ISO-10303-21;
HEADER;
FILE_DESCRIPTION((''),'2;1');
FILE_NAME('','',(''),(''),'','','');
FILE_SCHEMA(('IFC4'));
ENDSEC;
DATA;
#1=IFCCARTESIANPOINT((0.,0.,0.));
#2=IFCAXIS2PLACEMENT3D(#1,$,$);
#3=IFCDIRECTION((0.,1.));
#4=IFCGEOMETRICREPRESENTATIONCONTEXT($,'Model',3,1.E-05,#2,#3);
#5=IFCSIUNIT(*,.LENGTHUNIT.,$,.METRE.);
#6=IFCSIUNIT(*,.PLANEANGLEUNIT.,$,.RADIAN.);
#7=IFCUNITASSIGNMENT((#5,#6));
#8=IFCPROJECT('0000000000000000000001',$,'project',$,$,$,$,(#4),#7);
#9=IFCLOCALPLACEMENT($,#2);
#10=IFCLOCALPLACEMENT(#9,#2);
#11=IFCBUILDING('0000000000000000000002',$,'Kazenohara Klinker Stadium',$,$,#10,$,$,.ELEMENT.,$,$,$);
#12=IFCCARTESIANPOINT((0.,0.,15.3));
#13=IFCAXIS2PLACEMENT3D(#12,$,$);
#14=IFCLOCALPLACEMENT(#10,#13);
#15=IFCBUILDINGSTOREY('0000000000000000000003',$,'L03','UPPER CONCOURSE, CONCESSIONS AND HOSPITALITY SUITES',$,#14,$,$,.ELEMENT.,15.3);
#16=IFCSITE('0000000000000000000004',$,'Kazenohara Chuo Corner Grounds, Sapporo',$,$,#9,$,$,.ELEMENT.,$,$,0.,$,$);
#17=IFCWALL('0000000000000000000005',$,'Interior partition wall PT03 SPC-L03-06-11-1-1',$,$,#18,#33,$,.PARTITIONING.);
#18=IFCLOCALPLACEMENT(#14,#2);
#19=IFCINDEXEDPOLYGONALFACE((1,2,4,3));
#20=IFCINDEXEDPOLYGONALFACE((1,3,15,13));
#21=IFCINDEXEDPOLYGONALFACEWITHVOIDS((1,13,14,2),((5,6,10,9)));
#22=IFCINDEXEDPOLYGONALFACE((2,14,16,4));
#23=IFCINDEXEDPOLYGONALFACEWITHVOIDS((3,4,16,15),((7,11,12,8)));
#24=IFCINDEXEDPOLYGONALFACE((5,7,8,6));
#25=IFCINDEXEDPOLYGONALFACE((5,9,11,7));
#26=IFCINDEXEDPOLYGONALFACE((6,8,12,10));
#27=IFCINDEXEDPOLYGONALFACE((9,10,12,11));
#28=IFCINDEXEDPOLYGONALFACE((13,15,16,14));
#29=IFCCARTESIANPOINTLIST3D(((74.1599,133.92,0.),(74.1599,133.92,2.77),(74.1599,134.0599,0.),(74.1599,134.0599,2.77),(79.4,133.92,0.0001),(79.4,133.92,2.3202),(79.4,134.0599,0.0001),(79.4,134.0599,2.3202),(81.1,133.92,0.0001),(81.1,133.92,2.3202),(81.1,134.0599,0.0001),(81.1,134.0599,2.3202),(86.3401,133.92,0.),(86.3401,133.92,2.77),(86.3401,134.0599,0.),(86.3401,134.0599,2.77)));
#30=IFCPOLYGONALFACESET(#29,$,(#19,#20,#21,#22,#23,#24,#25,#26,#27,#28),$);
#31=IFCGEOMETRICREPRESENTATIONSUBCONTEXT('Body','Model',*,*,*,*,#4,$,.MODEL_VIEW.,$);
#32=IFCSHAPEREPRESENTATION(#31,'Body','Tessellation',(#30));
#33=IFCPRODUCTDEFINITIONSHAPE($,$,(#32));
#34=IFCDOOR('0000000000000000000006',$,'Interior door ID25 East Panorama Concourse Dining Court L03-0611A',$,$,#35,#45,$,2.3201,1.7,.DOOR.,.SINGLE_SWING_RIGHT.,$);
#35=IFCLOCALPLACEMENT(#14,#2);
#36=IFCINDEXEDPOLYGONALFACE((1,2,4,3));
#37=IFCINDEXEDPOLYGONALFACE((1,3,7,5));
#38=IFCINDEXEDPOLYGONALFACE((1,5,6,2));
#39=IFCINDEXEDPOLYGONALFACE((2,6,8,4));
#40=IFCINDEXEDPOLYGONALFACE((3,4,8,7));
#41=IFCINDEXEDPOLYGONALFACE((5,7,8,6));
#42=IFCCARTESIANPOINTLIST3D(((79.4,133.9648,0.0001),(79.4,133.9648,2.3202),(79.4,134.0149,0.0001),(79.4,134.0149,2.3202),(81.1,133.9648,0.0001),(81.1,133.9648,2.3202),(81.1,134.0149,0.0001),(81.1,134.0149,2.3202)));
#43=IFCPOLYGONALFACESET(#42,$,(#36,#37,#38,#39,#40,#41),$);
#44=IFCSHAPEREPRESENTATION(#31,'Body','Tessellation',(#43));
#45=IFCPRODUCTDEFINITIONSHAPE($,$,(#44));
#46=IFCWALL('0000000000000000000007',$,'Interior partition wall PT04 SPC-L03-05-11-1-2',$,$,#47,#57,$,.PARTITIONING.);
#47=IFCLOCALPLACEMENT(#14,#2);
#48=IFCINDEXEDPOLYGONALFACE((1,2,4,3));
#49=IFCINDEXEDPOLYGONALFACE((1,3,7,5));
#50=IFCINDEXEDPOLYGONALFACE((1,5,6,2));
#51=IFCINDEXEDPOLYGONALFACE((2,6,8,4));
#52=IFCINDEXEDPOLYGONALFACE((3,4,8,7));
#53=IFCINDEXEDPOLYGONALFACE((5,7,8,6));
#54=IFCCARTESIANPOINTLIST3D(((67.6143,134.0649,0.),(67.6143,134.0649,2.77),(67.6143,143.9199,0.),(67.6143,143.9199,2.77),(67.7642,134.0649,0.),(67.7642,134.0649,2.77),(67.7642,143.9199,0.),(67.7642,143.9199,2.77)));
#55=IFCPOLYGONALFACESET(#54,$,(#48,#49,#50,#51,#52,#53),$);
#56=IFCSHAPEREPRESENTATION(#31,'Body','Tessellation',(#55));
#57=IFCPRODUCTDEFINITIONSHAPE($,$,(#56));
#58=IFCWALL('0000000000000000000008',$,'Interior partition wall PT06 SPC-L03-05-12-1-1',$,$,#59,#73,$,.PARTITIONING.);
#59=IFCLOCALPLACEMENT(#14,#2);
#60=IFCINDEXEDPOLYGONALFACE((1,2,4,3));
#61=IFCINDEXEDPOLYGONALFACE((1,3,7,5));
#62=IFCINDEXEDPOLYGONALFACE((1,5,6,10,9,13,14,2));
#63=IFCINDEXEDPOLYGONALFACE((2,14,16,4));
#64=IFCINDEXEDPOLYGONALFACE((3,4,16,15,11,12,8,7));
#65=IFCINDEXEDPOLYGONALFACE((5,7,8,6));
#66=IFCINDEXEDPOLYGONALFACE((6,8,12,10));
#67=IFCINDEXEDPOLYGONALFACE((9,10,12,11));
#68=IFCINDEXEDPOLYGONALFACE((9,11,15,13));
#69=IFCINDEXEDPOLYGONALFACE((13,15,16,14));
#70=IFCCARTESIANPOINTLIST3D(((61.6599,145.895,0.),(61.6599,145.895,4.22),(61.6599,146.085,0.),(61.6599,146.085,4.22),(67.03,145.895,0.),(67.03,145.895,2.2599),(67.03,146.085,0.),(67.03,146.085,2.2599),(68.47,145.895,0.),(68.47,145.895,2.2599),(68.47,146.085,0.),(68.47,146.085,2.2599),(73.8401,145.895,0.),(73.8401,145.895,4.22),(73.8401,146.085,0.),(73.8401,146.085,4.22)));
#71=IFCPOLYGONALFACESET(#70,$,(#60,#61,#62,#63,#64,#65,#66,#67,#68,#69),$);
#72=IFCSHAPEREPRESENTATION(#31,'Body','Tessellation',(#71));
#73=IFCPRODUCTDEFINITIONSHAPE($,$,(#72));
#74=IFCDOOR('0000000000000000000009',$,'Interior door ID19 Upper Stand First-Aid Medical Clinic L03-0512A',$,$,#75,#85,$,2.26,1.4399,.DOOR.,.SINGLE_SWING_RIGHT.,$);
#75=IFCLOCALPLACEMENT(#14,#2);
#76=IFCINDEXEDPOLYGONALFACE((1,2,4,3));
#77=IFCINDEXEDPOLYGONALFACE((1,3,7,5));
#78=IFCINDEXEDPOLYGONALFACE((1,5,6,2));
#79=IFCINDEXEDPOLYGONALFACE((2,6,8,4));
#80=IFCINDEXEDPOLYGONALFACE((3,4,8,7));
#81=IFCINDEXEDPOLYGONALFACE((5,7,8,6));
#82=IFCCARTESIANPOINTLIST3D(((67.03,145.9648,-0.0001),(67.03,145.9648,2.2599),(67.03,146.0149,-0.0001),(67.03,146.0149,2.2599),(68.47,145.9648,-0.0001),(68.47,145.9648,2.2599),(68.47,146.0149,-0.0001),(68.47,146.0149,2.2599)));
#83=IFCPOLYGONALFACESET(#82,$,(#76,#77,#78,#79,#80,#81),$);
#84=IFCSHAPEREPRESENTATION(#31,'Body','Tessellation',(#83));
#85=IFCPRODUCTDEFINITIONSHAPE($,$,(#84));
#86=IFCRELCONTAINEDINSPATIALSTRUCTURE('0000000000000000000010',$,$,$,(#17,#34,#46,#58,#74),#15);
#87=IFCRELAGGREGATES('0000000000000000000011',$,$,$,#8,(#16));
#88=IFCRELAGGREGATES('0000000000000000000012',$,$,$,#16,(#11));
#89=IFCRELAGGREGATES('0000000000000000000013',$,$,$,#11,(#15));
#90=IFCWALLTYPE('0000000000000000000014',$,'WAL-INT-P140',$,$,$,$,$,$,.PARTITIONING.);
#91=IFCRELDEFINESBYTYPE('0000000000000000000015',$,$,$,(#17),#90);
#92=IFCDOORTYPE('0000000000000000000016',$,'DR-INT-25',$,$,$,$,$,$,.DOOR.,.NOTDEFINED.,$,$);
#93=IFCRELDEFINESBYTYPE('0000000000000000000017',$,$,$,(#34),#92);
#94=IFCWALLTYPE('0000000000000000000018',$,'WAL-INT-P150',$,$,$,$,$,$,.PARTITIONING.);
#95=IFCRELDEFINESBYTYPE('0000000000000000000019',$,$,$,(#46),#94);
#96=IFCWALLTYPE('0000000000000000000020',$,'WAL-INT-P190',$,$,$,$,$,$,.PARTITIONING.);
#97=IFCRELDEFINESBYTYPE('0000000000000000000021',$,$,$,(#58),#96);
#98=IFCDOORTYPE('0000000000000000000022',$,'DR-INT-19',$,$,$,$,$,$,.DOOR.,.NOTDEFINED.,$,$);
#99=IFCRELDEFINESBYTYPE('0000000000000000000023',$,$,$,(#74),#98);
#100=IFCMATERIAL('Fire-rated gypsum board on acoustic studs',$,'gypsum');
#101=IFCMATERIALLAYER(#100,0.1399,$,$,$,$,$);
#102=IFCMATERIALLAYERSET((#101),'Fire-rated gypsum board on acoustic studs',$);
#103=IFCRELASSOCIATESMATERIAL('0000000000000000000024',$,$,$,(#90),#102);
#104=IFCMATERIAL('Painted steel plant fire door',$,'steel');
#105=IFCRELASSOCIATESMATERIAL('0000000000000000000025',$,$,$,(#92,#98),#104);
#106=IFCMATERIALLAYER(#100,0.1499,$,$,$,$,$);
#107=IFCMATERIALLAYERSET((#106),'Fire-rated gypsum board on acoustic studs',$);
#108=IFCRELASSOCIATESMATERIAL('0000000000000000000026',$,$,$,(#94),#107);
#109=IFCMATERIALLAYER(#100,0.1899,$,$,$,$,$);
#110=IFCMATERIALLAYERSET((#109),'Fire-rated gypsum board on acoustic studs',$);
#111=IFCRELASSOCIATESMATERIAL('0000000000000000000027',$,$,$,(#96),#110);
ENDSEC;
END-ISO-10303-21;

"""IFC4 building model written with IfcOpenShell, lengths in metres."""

from ifc_helpers import new_model, si_unit, direction, frame, frame_2d, origin, place, context, subcontext, project, spatial, rectangle, extrude, material, layer, layer_set, type_object, element, fill, save


model = new_model("IFC4")

# Units and contexts
model_context = context("Model", 3, precision=1e-05, world=origin(), true_north=direction((0.0, 1.0)))
body_context = subcontext(model_context, "Body", "Model", "MODEL_VIEW")
ifc_project = project(units=[si_unit("LENGTHUNIT", "METRE"), si_unit("PLANEANGLEUNIT", "RADIAN")], contexts=[model_context])

# Site, building, storey
site_placement = place(None, origin())
site = spatial("IfcSite", under=ifc_project, at=site_placement, Name="Kazenohara Chuo Corner Grounds, Sapporo", CompositionType="ELEMENT", RefElevation=0.0)
building_placement = place(site_placement, origin())
building = spatial("IfcBuilding", under=site, at=building_placement, Name="Kazenohara Klinker Stadium", CompositionType="ELEMENT")
storey_placement = place(building_placement, frame((0.0, 0.0, 15.3)))
storey = spatial("IfcBuildingStorey", under=building, at=storey_placement, Name="L03", Description="UPPER CONCOURSE, CONCESSIONS AND HOSPITALITY SUITES", CompositionType="ELEMENT", Elevation=15.3)

# Shared definitions
ifc_material_1 = material(Name="Fire-rated gypsum board on acoustic studs", Category="gypsum")
ifc_layer_1 = layer(ifc_material_1, 0.1399)
ifc_layer_set_1 = layer_set([ifc_layer_1], Name="Fire-rated gypsum board on acoustic studs")
wall_type_1 = type_object("IfcWallType", Name="WAL-INT-P140", PredefinedType="PARTITIONING", material=ifc_layer_set_1)

# Wall, opening, door
wall_1_placement = place(storey_placement, frame((74.1599, 133.99, 0.0), z_axis=(0.0, 0.0, 1.0), x_axis=(1.0, 0.0, 0.0)))
wall_1 = element("IfcWall", 1, at=wall_1_placement, inside=storey, type_object=wall_type_1, Name="Interior partition wall PT03 SPC-L03-06-11-1-1", PredefinedType="PARTITIONING", context=body_context, shape_type="SweptSolid", body=[
    extrude(rectangle(XDim=12.1802, YDim=0.1399, at=frame_2d((6.0901, 0.0))), origin(), (0.0, 0.0, 1.0), 2.77),
])
opening_1_placement = place(wall_1_placement, frame((5.24, 0.0, 0.0)))
opening_1 = element("IfcOpeningElement", 2, at=opening_1_placement, cuts=wall_1, PredefinedType="OPENING", context=body_context, shape_type="SweptSolid", body=[
    extrude(rectangle(XDim=1.7, YDim=2.3201, at=frame_2d((0.8501, 1.1602))), frame((0.0, 0.0801, 0.0), z_axis=(0.0, -1.0, 0.0), x_axis=(1.0, 0.0, 0.0)), (0.0, 0.0, 1.0), 0.1599),
])
ifc_material_2 = material(Name="Painted steel plant fire door", Category="steel")
door_type_1 = type_object("IfcDoorType", Name="DR-INT-25", OperationType="NOTDEFINED", PredefinedType="DOOR", material=ifc_material_2)
door_1_placement = place(opening_1_placement, origin())
door_1 = element("IfcDoor", 3, at=door_1_placement, inside=storey, type_object=door_type_1, Name="Interior door ID25 East Panorama Concourse Dining Court L03-0611A", OperationType="SINGLE_SWING_RIGHT", OverallHeight=2.3201, OverallWidth=1.7, PredefinedType="DOOR", context=body_context, shape_type="SweptSolid", body=[
    extrude(rectangle(XDim=1.7, YDim=2.3201, at=frame_2d((0.8501, 1.1602))), frame((0.0, 0.0249, 0.0), z_axis=(0.0, -1.0, 0.0), x_axis=(1.0, 0.0, 0.0)), (0.0, 0.0, 1.0), 0.05),
])
fill(opening_1, door_1)

# Wall
ifc_layer_2 = layer(ifc_material_1, 0.1499)
ifc_layer_set_2 = layer_set([ifc_layer_2], Name="Fire-rated gypsum board on acoustic studs")
wall_type_2 = type_object("IfcWallType", Name="WAL-INT-P150", PredefinedType="PARTITIONING", material=ifc_layer_set_2)
wall_2_placement = place(storey_placement, frame((67.6892, 134.0649, 0.0), z_axis=(0.0, 0.0, 1.0), x_axis=(0.0, 1.0, 0.0)))
element("IfcWall", 4, at=wall_2_placement, inside=storey, type_object=wall_type_2, Name="Interior partition wall PT04 SPC-L03-05-11-1-2", PredefinedType="PARTITIONING", context=body_context, shape_type="SweptSolid", body=[
    extrude(rectangle(XDim=9.855, YDim=0.1499, at=frame_2d((4.9275, 0.0))), origin(), (0.0, 0.0, 1.0), 2.77),
])

# Wall, opening, door
ifc_layer_3 = layer(ifc_material_1, 0.1899)
ifc_layer_set_3 = layer_set([ifc_layer_3], Name="Fire-rated gypsum board on acoustic studs")
wall_type_3 = type_object("IfcWallType", Name="WAL-INT-P190", PredefinedType="PARTITIONING", material=ifc_layer_set_3)
wall_3_placement = place(storey_placement, frame((61.6599, 145.99, 0.0), z_axis=(0.0, 0.0, 1.0), x_axis=(1.0, 0.0, 0.0)))
wall_3 = element("IfcWall", 5, at=wall_3_placement, inside=storey, type_object=wall_type_3, Name="Interior partition wall PT06 SPC-L03-05-12-1-1", PredefinedType="PARTITIONING", context=body_context, shape_type="SweptSolid", body=[
    extrude(rectangle(XDim=12.1802, YDim=0.1899, at=frame_2d((6.0901, 0.0))), origin(), (0.0, 0.0, 1.0), 4.22),
])
opening_2_placement = place(wall_3_placement, frame((5.3701, 0.0, 0.0)))
opening_2 = element("IfcOpeningElement", 6, at=opening_2_placement, cuts=wall_3, PredefinedType="OPENING", context=body_context, shape_type="SweptSolid", body=[
    extrude(rectangle(XDim=1.4399, YDim=2.26, at=frame_2d((0.72, 1.1299))), frame((0.0, 0.105, 0.0), z_axis=(0.0, -1.0, 0.0), x_axis=(1.0, 0.0, 0.0)), (0.0, 0.0, 1.0), 0.21),
])
door_type_2 = type_object("IfcDoorType", Name="DR-INT-19", OperationType="NOTDEFINED", PredefinedType="DOOR", material=ifc_material_2)
door_2_placement = place(opening_2_placement, origin())
door_2 = element("IfcDoor", 7, at=door_2_placement, inside=storey, type_object=door_type_2, Name="Interior door ID19 Upper Stand First-Aid Medical Clinic L03-0512A", OperationType="SINGLE_SWING_RIGHT", OverallHeight=2.26, OverallWidth=1.4399, PredefinedType="DOOR", context=body_context, shape_type="SweptSolid", body=[
    extrude(rectangle(XDim=1.4399, YDim=2.26, at=frame_2d((0.72, 1.1299))), frame((0.0, 0.0249, 0.0), z_axis=(0.0, -1.0, 0.0), x_axis=(1.0, 0.0, 0.0)), (0.0, 0.0, 1.0), 0.05),
])
fill(opening_2, door_2)

save(model, "model.ifc")
